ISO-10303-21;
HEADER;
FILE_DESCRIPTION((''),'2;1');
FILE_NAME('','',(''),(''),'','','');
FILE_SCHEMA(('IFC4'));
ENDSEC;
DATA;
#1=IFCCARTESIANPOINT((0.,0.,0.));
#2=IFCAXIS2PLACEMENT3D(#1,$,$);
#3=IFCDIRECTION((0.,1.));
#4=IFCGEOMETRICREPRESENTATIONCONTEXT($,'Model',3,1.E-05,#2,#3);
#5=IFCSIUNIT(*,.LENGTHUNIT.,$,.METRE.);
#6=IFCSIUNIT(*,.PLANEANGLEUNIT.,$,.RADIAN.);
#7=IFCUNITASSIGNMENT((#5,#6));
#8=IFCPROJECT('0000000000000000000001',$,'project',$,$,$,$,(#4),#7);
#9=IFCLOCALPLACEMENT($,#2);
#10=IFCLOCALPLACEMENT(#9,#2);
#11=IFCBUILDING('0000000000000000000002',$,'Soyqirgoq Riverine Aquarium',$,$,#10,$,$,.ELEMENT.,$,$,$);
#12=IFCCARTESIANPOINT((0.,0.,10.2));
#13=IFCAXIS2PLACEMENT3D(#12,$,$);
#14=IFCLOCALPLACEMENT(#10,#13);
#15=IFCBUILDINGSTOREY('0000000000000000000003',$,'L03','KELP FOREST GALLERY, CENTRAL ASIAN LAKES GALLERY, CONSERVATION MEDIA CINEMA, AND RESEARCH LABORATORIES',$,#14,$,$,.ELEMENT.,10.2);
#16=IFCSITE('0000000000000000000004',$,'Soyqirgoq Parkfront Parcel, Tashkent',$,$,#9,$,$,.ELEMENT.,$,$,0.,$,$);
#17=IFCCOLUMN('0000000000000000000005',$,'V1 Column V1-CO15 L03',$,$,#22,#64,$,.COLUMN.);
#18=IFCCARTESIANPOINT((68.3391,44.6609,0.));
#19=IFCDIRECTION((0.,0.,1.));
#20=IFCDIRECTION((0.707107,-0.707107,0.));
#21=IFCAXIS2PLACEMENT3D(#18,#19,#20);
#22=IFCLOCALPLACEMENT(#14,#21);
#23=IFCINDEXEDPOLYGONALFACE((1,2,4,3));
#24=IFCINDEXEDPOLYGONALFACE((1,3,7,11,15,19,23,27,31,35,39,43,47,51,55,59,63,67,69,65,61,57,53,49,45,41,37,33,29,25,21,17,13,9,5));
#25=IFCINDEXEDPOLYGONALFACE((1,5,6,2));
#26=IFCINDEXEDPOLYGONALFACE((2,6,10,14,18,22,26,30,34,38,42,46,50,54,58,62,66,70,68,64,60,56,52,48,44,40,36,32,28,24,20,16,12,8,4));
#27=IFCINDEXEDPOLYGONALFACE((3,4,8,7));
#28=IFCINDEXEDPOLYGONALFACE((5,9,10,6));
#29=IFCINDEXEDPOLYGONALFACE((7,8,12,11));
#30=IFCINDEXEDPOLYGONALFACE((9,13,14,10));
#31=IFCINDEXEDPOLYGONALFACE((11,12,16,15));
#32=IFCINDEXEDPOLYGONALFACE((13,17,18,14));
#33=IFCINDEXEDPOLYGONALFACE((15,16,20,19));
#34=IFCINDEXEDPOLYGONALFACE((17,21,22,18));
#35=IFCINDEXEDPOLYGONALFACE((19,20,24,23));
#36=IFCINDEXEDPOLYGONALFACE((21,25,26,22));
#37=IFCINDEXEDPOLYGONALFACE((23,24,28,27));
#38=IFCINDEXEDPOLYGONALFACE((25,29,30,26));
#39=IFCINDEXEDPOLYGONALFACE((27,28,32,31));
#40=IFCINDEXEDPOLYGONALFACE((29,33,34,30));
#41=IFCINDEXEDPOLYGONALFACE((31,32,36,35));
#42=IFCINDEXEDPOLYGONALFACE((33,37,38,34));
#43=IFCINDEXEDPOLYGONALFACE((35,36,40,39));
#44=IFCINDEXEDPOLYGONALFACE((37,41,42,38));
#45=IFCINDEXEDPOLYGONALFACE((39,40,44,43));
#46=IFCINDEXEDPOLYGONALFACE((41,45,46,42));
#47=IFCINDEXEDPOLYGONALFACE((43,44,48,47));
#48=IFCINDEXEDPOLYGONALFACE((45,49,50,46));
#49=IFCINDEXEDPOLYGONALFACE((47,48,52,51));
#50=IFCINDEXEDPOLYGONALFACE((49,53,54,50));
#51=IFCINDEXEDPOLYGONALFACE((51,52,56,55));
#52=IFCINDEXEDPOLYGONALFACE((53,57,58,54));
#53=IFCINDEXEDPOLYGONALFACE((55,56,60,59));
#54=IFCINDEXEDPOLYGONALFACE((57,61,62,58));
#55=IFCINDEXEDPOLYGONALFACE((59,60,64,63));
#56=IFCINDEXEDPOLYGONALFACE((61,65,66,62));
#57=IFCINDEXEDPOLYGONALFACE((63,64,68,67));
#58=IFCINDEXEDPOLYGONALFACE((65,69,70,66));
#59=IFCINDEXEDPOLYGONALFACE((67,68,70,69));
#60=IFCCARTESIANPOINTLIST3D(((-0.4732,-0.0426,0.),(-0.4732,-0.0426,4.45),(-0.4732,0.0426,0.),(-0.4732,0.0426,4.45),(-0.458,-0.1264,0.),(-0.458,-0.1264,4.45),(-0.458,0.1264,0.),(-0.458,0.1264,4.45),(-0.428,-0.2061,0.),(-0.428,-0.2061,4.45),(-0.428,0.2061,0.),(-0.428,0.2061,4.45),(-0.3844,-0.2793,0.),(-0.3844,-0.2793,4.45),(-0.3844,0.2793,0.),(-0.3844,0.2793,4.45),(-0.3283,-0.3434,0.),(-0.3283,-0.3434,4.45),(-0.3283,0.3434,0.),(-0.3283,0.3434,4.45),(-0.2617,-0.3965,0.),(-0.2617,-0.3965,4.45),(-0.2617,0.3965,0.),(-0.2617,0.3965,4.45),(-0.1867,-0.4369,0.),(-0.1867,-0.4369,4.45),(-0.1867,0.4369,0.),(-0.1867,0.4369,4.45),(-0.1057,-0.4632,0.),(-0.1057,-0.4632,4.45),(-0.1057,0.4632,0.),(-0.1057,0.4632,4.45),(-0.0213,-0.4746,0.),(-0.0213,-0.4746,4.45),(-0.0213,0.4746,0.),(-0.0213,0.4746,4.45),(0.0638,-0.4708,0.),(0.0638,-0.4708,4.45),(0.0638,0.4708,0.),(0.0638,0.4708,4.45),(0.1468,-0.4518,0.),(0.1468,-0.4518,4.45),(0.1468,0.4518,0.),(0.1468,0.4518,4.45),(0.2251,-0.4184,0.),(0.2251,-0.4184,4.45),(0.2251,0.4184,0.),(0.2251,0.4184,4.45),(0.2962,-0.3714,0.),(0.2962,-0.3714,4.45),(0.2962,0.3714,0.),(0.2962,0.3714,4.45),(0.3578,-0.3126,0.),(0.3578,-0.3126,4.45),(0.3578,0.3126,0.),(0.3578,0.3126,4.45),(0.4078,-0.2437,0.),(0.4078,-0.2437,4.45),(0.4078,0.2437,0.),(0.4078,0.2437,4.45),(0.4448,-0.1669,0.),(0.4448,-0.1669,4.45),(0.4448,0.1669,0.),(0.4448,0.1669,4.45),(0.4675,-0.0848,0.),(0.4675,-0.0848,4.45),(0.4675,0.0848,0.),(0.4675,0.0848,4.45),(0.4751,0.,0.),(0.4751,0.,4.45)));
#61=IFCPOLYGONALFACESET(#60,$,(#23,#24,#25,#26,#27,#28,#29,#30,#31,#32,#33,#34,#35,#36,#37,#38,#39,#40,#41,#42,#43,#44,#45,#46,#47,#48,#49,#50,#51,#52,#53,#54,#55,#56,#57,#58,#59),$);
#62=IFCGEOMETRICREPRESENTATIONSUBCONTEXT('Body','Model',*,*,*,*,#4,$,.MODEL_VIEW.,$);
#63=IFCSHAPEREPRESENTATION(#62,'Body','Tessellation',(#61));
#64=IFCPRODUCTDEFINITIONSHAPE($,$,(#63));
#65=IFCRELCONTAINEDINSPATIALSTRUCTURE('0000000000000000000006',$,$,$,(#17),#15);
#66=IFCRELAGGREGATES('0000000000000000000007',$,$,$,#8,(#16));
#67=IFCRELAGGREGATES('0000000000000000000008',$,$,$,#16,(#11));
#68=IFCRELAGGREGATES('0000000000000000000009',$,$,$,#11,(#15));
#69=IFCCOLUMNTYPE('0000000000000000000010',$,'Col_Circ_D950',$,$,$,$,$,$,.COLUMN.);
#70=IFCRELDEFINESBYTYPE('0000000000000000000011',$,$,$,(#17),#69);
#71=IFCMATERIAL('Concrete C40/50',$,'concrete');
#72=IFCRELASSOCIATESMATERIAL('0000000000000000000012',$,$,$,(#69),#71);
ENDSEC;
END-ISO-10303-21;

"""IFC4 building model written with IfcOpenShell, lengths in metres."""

from ifc_helpers import new_model, si_unit, direction, frame, origin, origin_2d, place, context, subcontext, project, spatial, circle, extrude, material, material_profile, profile_set, type_object, element, save


model = new_model("IFC4")

# Units and contexts
model_context = context("Model", 3, precision=1e-05, world=origin(), true_north=direction((0.0, 1.0)))
body_context = subcontext(model_context, "Body", "Model", "MODEL_VIEW")
ifc_project = project(units=[si_unit("LENGTHUNIT", "METRE"), si_unit("PLANEANGLEUNIT", "RADIAN")], contexts=[model_context])

# Site, building, storey
site_placement = place(None, origin())
site = spatial("IfcSite", under=ifc_project, at=site_placement, Name="Soyqirgoq Parkfront Parcel, Tashkent", CompositionType="ELEMENT", RefElevation=0.0)
building_placement = place(site_placement, origin())
building = spatial("IfcBuilding", under=site, at=building_placement, Name="Soyqirgoq Riverine Aquarium", CompositionType="ELEMENT")
storey_placement = place(building_placement, frame((0.0, 0.0, 10.2)))
storey = spatial("IfcBuildingStorey", under=building, at=storey_placement, Name="L03", Description="KELP FOREST GALLERY, CENTRAL ASIAN LAKES GALLERY, CONSERVATION MEDIA CINEMA, AND RESEARCH LABORATORIES", CompositionType="ELEMENT", Elevation=10.2)

# Column
ifc_material_1 = material(Name="Concrete C40/50", Category="concrete")
ifc_material_profile_1 = material_profile(ifc_material_1, circle(Radius=0.4751, at=origin_2d()), Name="RC-COL D950")
ifc_profile_set_1 = profile_set([ifc_material_profile_1], Name="Concrete C40/50")
column_type = type_object("IfcColumnType", Name="Col_Circ_D950", PredefinedType="COLUMN", material=ifc_profile_set_1)
column_placement = place(storey_placement, frame((68.3391, 44.6609, 0.0), z_axis=(0.0, 0.0, 1.0), x_axis=(0.707107, -0.707107, 0.0)))
element("IfcColumn", 1, at=column_placement, inside=storey, type_object=column_type, Name="V1 Column V1-CO15 L03", PredefinedType="COLUMN", context=body_context, shape_type="SweptSolid", body=[
    extrude(circle(Radius=0.4751, at=origin_2d()), origin(), (0.0, 0.0, 1.0), 4.45),
])

save(model, "model.ifc")
